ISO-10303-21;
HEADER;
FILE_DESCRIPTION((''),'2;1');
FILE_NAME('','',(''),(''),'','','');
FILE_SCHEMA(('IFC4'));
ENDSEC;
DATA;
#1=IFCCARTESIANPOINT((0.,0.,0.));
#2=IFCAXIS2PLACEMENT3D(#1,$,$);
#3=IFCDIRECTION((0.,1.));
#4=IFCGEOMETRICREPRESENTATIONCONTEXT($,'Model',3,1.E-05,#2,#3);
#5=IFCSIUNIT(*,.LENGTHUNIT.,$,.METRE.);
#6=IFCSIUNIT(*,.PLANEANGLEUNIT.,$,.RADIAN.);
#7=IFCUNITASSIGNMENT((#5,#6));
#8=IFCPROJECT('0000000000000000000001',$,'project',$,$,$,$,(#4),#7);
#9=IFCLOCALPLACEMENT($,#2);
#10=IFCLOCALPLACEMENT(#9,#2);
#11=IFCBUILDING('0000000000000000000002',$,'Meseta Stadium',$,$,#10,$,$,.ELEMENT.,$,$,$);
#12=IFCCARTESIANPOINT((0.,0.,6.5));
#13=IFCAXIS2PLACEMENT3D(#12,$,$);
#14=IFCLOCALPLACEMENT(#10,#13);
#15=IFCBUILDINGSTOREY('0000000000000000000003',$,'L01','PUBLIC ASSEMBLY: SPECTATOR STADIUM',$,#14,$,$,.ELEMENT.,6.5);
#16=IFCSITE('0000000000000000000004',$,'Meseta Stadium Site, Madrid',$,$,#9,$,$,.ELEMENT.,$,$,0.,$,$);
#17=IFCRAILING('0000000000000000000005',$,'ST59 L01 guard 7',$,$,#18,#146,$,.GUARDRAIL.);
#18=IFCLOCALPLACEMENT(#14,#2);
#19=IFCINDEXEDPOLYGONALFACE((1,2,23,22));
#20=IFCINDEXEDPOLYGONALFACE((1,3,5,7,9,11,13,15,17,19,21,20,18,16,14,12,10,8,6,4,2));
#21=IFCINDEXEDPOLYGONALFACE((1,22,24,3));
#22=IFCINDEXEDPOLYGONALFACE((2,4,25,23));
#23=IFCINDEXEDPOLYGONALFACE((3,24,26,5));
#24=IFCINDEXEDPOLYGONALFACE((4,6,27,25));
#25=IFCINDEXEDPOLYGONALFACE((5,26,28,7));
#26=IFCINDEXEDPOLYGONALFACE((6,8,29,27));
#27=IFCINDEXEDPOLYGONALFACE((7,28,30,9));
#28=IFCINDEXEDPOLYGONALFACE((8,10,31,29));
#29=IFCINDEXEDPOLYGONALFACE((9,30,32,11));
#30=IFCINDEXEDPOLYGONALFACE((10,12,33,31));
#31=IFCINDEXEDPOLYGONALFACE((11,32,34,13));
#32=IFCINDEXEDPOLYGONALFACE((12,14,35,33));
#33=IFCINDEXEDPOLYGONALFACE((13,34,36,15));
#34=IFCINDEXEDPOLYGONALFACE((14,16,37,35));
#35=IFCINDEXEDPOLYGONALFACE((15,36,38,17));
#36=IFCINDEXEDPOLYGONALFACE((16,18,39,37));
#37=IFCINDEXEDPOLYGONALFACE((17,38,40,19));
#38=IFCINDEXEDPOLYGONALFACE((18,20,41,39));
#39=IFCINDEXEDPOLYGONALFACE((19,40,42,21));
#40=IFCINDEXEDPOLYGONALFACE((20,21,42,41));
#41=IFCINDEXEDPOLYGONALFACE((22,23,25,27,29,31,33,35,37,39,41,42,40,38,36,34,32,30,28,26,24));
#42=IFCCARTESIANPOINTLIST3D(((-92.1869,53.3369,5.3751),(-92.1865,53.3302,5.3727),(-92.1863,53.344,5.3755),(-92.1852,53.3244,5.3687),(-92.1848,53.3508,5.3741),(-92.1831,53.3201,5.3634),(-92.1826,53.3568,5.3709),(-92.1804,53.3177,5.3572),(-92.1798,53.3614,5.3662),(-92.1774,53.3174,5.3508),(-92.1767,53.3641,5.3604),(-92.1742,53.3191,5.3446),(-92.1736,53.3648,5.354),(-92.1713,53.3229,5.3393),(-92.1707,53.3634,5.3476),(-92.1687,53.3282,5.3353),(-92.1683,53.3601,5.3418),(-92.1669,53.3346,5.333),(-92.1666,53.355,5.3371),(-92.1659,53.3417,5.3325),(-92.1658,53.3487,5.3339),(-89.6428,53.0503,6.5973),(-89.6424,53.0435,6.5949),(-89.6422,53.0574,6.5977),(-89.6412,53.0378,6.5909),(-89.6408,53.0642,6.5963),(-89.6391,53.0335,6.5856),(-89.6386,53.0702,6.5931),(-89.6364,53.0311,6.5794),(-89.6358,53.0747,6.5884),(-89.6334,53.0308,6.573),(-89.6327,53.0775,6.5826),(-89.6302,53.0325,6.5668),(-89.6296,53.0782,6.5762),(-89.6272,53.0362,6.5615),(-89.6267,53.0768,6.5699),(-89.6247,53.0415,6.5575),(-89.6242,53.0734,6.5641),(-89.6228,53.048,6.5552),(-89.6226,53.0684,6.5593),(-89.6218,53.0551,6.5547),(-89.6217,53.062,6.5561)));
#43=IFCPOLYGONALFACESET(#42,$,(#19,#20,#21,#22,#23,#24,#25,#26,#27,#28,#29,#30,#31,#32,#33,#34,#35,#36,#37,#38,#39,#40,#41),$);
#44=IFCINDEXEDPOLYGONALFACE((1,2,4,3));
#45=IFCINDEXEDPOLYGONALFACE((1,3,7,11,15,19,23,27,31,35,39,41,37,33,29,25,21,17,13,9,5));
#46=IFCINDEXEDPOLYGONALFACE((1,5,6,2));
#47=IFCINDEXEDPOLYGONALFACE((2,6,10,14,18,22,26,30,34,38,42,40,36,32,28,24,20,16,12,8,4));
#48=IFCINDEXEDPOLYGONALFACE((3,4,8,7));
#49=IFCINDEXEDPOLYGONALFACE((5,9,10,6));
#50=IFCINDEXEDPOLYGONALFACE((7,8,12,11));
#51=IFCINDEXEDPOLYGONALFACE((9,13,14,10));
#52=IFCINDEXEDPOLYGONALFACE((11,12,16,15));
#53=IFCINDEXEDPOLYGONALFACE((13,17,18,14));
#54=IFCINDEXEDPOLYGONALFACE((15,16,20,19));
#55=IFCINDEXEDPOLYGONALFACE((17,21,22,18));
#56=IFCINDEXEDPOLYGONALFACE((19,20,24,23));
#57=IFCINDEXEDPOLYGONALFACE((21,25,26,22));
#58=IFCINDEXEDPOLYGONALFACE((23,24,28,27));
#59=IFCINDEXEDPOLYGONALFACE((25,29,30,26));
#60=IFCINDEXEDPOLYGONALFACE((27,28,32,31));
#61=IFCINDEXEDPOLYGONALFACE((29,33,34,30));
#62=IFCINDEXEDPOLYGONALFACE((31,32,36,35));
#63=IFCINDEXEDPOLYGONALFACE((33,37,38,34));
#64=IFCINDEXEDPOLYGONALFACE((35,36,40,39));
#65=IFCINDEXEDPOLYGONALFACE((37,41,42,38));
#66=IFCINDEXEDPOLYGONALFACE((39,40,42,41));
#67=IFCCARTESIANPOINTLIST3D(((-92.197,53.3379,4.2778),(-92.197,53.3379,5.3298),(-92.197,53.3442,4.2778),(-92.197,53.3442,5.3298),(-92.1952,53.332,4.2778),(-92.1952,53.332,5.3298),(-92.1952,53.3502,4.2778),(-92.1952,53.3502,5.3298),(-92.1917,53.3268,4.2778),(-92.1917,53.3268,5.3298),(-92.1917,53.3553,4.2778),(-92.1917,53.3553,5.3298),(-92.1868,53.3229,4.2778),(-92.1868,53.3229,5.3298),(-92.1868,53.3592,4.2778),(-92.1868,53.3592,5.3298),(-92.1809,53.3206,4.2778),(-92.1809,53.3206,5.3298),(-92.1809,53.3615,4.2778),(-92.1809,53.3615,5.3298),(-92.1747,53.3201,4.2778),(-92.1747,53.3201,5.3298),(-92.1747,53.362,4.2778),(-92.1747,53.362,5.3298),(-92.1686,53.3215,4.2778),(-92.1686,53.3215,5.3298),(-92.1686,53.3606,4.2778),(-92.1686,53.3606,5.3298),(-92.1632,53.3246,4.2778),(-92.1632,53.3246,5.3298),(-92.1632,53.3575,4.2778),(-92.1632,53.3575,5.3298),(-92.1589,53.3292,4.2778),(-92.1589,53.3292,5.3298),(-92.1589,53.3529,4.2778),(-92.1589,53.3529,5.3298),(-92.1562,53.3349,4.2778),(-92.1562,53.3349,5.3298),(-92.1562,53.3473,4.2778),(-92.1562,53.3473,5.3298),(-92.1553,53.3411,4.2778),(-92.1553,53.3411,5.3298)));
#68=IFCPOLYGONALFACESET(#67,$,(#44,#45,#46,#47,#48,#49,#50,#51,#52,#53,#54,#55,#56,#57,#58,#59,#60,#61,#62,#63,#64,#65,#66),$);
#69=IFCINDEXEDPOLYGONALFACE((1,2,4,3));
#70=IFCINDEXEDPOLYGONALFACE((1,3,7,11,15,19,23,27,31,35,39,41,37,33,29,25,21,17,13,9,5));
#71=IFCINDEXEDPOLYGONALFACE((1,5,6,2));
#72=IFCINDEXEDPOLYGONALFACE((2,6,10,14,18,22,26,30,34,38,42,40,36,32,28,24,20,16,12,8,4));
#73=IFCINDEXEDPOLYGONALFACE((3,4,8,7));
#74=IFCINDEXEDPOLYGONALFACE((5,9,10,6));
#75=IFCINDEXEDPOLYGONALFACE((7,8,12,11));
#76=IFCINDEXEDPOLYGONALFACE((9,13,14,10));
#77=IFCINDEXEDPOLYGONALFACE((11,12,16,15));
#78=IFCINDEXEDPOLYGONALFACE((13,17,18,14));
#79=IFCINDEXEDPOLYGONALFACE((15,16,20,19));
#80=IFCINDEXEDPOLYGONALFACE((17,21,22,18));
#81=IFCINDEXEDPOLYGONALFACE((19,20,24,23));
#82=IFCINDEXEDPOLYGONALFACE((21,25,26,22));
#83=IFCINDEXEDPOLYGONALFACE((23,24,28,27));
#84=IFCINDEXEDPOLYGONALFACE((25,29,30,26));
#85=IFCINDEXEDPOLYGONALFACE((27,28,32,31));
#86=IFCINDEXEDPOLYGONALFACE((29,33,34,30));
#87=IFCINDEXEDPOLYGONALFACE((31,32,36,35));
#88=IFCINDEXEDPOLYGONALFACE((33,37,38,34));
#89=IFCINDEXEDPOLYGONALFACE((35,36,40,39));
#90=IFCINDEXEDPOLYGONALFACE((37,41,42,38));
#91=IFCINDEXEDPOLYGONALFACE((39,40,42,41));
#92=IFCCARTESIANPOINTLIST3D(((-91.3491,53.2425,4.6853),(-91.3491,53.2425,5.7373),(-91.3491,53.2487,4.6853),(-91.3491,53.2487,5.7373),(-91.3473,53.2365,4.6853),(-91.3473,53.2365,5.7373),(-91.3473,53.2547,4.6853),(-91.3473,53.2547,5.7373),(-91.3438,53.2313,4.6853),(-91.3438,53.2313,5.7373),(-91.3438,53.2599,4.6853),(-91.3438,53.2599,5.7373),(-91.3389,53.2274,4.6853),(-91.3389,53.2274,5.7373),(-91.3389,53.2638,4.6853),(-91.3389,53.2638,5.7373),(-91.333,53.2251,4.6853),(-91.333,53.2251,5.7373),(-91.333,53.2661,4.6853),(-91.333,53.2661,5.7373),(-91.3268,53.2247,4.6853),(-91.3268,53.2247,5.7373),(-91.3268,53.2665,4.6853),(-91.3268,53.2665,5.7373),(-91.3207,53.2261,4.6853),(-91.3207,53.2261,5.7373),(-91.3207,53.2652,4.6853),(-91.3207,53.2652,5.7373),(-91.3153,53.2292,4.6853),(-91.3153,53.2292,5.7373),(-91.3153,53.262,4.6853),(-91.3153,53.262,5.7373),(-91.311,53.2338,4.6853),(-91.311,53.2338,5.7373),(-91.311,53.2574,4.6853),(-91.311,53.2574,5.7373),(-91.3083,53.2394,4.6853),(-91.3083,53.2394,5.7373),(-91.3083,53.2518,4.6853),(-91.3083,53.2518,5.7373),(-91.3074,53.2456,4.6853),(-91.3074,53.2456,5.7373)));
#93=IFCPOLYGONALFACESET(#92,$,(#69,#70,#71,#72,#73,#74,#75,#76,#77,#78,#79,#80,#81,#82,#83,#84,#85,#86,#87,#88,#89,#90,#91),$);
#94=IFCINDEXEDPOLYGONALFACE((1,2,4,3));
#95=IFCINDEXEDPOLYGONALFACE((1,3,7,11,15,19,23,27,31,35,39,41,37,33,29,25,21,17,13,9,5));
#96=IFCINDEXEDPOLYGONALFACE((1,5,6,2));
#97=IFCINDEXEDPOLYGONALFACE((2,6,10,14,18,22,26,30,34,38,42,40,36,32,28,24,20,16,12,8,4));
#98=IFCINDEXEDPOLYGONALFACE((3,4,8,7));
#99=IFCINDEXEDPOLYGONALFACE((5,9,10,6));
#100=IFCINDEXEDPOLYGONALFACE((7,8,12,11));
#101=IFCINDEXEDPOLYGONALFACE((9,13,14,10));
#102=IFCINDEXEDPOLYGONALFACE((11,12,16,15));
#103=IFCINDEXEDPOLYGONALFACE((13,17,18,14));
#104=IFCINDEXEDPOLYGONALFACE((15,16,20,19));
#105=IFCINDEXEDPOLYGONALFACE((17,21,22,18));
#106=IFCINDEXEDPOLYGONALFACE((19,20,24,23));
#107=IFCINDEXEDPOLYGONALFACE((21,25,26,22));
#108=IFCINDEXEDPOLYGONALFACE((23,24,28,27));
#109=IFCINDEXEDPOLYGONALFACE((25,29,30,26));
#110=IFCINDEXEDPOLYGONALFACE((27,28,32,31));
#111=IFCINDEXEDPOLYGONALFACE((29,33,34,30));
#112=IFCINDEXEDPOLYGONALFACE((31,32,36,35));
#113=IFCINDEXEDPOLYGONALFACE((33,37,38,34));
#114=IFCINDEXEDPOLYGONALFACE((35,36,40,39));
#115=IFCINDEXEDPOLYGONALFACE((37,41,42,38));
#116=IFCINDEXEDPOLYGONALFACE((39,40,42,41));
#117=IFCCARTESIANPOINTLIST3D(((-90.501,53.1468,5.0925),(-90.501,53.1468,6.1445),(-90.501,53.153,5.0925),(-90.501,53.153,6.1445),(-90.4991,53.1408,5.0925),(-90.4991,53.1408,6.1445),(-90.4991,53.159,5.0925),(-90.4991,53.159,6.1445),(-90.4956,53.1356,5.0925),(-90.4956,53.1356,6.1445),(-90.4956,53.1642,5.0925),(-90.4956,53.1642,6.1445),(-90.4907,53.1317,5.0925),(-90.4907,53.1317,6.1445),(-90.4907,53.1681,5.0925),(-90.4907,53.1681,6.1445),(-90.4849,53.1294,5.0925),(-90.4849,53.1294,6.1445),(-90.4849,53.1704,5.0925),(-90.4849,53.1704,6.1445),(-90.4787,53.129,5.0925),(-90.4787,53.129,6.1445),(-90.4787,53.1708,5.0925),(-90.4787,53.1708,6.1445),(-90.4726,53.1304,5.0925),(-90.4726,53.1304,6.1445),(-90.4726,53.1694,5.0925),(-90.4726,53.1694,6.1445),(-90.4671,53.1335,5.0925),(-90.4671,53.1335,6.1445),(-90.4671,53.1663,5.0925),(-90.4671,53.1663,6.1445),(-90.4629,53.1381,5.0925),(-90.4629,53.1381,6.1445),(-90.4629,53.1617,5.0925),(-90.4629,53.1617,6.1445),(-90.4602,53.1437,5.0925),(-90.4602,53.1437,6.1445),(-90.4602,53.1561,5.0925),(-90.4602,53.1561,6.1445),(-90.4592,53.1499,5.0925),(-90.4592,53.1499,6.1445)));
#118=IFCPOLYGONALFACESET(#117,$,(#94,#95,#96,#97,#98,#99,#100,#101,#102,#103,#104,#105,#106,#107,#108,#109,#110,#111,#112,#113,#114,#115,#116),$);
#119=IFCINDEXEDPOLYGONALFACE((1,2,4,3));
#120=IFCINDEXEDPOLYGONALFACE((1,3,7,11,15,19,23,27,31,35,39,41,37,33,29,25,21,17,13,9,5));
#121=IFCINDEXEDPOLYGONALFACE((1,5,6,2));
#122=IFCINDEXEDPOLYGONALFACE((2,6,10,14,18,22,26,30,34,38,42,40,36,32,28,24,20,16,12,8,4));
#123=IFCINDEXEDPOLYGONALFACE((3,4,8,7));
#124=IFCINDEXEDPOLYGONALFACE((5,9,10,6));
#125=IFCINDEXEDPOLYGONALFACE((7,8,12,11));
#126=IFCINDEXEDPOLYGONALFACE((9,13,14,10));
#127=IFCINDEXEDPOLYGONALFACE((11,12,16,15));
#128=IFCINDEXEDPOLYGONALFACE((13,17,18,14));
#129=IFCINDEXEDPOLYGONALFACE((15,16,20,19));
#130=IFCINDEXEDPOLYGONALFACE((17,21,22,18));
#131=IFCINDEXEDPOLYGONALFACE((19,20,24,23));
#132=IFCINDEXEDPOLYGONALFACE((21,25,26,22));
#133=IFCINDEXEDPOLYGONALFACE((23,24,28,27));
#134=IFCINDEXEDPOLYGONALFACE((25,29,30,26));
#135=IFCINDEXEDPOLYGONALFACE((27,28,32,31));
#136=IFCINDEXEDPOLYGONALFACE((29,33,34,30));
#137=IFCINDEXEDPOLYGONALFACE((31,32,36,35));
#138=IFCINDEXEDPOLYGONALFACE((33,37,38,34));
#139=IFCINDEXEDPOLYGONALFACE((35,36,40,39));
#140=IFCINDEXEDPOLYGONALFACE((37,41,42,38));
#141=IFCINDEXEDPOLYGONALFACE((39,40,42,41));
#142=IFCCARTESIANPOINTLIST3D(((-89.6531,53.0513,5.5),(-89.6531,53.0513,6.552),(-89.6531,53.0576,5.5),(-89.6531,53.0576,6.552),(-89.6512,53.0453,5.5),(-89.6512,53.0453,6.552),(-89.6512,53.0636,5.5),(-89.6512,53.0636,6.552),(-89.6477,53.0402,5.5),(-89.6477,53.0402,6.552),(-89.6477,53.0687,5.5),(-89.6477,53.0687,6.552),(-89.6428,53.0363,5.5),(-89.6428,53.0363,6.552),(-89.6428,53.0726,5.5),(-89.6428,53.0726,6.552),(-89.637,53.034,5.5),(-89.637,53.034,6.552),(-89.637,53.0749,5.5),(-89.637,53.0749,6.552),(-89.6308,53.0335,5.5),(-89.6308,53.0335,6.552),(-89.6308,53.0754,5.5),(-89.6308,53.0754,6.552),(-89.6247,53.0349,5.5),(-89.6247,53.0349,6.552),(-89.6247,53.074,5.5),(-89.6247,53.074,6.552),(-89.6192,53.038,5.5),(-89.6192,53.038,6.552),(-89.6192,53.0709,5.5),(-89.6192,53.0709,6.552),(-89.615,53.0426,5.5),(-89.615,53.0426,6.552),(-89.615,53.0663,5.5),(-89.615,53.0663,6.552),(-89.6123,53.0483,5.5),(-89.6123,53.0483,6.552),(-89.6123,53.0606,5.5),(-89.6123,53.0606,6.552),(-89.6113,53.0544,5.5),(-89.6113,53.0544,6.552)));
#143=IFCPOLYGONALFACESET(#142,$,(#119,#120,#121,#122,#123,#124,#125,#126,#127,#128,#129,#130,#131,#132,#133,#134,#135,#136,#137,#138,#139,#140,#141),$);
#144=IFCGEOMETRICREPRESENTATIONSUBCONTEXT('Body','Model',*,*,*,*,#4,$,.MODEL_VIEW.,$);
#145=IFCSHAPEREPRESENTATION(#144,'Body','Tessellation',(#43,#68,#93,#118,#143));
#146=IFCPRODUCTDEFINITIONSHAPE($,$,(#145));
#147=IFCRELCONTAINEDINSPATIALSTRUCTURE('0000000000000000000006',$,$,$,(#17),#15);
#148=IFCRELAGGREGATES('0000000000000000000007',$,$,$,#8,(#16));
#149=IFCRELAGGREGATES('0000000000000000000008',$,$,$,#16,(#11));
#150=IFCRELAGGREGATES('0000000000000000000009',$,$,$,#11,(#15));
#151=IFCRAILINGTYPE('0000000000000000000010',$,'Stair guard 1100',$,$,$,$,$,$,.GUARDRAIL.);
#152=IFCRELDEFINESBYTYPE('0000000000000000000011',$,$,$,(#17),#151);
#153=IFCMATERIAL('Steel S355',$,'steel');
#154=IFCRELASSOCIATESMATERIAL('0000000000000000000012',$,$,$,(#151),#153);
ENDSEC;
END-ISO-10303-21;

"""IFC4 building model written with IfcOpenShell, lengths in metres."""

from ifc_helpers import new_model, si_unit, direction, frame, origin, origin_2d, place, context, subcontext, project, spatial, circle, extrude, material, type_object, element, save


model = new_model("IFC4")

# Units and contexts
model_context = context("Model", 3, precision=1e-05, world=origin(), true_north=direction((0.0, 1.0)))
body_context = subcontext(model_context, "Body", "Model", "MODEL_VIEW")
ifc_project = project(units=[si_unit("LENGTHUNIT", "METRE"), si_unit("PLANEANGLEUNIT", "RADIAN")], contexts=[model_context])

# Site, building, storey
site_placement = place(None, origin())
site = spatial("IfcSite", under=ifc_project, at=site_placement, Name="Meseta Stadium Site, Madrid", CompositionType="ELEMENT", RefElevation=0.0)
building_placement = place(site_placement, origin())
building = spatial("IfcBuilding", under=site, at=building_placement, Name="Meseta Stadium", CompositionType="ELEMENT")
storey_placement = place(building_placement, frame((0.0, 0.0, 6.5)))
storey = spatial("IfcBuildingStorey", under=building, at=storey_placement, Name="L01", Description="PUBLIC ASSEMBLY: SPECTATOR STADIUM", CompositionType="ELEMENT", Elevation=6.5)

# Railing
ifc_material_1 = material(Name="Steel S355", Category="steel")
railing_type_1 = type_object("IfcRailingType", Name="Stair guard 1100", PredefinedType="GUARDRAIL", material=ifc_material_1)
railing_1_placement = place(storey_placement, frame((-92.1763, 53.3411, 4.2778)))
element("IfcRailing", 1, at=railing_1_placement, inside=storey, type_object=railing_type_1, Name="ST59 L01 guard 7", PredefinedType="GUARDRAIL", context=body_context, shape_type="SweptSolid", body=[
    extrude(circle(Radius=0.0239, at=origin_2d()), frame((0.0, 0.0, 1.0762), z_axis=(0.896762, -0.101036, 0.430824), x_axis=(0.11196, 0.993713, 0.0)), (0.0, 0.0, 1.0), 2.8369),
    extrude(circle(Radius=0.021, at=origin_2d()), origin(), (0.0, 0.0, 1.0), 1.052),
    extrude(circle(Radius=0.021, at=origin_2d()), frame((0.8479, -0.0955, 0.4075)), (0.0, 0.0, 1.0), 1.052),
    extrude(circle(Radius=0.021, at=origin_2d()), frame((1.696, -0.1912, 0.8147)), (0.0, 0.0, 1.0), 1.052),
    extrude(circle(Radius=0.021, at=origin_2d()), frame((2.5439, -0.2866, 1.2222)), (0.0, 0.0, 1.0), 1.052),
])

save(model, "model.ifc")
